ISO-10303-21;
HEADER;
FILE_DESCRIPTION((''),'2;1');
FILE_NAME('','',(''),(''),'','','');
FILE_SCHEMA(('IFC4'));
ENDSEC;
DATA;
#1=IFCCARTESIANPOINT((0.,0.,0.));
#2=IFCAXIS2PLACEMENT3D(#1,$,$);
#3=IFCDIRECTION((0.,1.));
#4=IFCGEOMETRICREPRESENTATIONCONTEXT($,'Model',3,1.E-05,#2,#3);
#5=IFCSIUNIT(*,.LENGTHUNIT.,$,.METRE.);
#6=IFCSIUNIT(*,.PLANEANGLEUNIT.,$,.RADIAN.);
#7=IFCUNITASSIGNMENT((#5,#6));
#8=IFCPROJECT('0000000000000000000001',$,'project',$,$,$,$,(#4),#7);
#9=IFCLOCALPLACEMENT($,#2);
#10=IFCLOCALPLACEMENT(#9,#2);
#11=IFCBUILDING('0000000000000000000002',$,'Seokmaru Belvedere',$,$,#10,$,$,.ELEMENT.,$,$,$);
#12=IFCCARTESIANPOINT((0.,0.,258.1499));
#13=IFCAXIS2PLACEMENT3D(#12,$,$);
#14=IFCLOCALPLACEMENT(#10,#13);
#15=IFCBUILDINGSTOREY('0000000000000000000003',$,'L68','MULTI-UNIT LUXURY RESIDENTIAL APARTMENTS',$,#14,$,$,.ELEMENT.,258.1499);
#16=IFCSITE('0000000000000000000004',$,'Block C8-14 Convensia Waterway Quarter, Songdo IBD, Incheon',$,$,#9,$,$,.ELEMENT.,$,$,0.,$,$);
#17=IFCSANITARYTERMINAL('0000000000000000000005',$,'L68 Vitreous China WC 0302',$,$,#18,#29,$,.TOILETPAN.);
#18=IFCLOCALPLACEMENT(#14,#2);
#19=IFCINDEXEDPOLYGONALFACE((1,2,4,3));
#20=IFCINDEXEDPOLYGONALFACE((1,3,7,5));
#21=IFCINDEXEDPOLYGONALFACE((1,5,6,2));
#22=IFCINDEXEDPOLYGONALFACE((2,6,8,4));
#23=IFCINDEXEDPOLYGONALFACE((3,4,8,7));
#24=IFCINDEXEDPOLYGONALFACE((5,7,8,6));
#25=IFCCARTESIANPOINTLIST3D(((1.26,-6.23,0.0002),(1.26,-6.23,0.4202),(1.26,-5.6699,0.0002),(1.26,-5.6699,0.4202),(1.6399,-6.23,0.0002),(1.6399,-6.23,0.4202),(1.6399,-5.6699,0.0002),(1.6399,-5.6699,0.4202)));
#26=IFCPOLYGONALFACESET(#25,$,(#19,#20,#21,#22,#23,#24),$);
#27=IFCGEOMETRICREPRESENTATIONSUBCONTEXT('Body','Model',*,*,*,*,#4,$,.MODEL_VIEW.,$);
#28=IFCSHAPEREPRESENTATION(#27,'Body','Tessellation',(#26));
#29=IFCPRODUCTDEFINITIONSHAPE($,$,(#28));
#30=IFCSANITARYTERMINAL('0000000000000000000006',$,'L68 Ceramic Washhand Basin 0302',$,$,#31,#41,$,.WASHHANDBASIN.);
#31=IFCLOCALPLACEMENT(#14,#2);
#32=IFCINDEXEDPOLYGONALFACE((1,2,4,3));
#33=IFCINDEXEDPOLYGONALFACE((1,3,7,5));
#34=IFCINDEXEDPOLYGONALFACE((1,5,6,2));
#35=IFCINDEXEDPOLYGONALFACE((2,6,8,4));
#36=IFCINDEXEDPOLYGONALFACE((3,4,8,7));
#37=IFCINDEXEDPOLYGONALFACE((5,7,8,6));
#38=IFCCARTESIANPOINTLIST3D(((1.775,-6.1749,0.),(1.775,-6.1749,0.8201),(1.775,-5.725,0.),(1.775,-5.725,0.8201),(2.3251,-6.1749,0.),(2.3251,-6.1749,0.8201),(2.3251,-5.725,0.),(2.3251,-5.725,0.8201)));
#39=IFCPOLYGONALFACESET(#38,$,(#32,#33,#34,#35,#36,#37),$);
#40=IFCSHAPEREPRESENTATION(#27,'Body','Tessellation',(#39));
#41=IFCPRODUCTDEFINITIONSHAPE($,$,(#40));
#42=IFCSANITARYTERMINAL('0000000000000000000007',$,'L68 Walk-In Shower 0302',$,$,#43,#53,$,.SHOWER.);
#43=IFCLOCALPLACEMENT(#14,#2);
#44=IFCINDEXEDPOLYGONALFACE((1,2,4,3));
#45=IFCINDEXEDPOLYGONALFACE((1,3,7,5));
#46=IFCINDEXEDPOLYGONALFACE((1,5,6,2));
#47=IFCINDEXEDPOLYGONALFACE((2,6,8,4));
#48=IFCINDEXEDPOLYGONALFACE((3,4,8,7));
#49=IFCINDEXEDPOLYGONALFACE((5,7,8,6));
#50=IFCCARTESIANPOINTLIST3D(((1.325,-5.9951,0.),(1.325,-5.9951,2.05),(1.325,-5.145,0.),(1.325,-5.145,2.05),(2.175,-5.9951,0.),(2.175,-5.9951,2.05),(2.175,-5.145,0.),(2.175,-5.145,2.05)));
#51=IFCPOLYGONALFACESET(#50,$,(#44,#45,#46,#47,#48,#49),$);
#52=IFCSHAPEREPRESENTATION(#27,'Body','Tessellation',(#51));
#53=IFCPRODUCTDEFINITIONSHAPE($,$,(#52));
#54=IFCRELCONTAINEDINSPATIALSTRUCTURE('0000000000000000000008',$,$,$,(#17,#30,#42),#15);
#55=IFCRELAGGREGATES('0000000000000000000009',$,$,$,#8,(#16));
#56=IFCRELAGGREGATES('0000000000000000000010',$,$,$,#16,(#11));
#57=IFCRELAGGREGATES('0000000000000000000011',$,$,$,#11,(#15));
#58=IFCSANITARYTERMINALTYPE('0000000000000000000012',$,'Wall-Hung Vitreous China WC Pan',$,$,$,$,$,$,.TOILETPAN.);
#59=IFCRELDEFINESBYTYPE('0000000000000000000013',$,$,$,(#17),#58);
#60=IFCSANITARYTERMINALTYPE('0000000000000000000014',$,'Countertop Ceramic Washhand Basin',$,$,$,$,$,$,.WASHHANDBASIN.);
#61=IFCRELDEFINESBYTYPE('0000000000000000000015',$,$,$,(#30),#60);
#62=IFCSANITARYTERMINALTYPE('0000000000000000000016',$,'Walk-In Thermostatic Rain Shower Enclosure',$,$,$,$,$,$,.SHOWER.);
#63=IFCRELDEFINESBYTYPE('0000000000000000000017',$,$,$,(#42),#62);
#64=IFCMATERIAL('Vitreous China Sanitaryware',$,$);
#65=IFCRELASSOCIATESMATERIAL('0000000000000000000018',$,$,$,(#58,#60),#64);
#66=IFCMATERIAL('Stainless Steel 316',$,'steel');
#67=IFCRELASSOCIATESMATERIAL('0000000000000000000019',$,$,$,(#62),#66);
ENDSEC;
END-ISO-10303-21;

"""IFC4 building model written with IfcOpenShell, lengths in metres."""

from ifc_helpers import new_model, si_unit, direction, frame, origin, origin_2d, place, context, subcontext, project, spatial, rectangle, extrude, source, transform, mapped, material, type_object, type_shapes, element, save


model = new_model("IFC4")

# Units and contexts
model_context = context("Model", 3, precision=1e-05, world=origin(), true_north=direction((0.0, 1.0)))
body_context = subcontext(model_context, "Body", "Model", "MODEL_VIEW")
ifc_project = project(units=[si_unit("LENGTHUNIT", "METRE"), si_unit("PLANEANGLEUNIT", "RADIAN")], contexts=[model_context])

# Site, building, storey
site_placement = place(None, origin())
site = spatial("IfcSite", under=ifc_project, at=site_placement, Name="Block C8-14 Convensia Waterway Quarter, Songdo IBD, Incheon", CompositionType="ELEMENT", RefElevation=0.0)
building_placement = place(site_placement, origin())
building = spatial("IfcBuilding", under=site, at=building_placement, Name="Seokmaru Belvedere", CompositionType="ELEMENT")
storey_placement = place(building_placement, frame((0.0, 0.0, 258.1499)))
storey = spatial("IfcBuildingStorey", under=building, at=storey_placement, Name="L68", Description="MULTI-UNIT LUXURY RESIDENTIAL APARTMENTS", CompositionType="ELEMENT", Elevation=258.1499)

# Sanitary terminals
ifc_material_1 = material(Name="Vitreous China Sanitaryware")
sanitary_terminal_type_1 = type_object("IfcSanitaryTerminalType", Name="Wall-Hung Vitreous China WC Pan", PredefinedType="TOILETPAN", material=ifc_material_1)
shared_shape_1 = source(origin(), body_context, "Body", "SweptSolid", [
    extrude(rectangle(XDim=0.3799, YDim=0.5601, at=origin_2d()), origin(), (0.0, 0.0, 1.0), 0.4199),
])
type_shapes(sanitary_terminal_type_1, [shared_shape_1])
sanitary_terminal_1_placement = place(storey_placement, frame((1.45, -5.95, 0.0002), z_axis=(0.0, 0.0, 1.0), x_axis=(1.0, 0.0, 0.0)))
element("IfcSanitaryTerminal", 1, at=sanitary_terminal_1_placement, inside=storey, type_object=sanitary_terminal_type_1, Name="L68 Vitreous China WC 0302", PredefinedType="TOILETPAN", context=body_context, shape_type="MappedRepresentation", body=[
    mapped(shared_shape_1, transform((0.0, 0.0, 0.0), scale=1.0)),
])
sanitary_terminal_type_2 = type_object("IfcSanitaryTerminalType", Name="Countertop Ceramic Washhand Basin", PredefinedType="WASHHANDBASIN", material=ifc_material_1)
shared_shape_2 = source(origin(), body_context, "Body", "SweptSolid", [
    extrude(rectangle(XDim=0.55, YDim=0.45, at=origin_2d()), origin(), (0.0, 0.0, 1.0), 0.8201),
])
type_shapes(sanitary_terminal_type_2, [shared_shape_2])
sanitary_terminal_2_placement = place(storey_placement, frame((2.05, -5.95, 0.0), z_axis=(0.0, 0.0, 1.0), x_axis=(1.0, 0.0, 0.0)))
element("IfcSanitaryTerminal", 2, at=sanitary_terminal_2_placement, inside=storey, type_object=sanitary_terminal_type_2, Name="L68 Ceramic Washhand Basin 0302", PredefinedType="WASHHANDBASIN", context=body_context, shape_type="MappedRepresentation", body=[
    mapped(shared_shape_2, transform((0.0, 0.0, 0.0), scale=1.0)),
])
ifc_material_2 = material(Name="Stainless Steel 316", Category="steel")
sanitary_terminal_type_3 = type_object("IfcSanitaryTerminalType", Name="Walk-In Thermostatic Rain Shower Enclosure", PredefinedType="SHOWER", material=ifc_material_2)
shared_shape_3 = source(origin(), body_context, "Body", "SweptSolid", [
    extrude(rectangle(XDim=0.8501, YDim=0.8501, at=origin_2d()), origin(), (0.0, 0.0, 1.0), 2.05),
])
type_shapes(sanitary_terminal_type_3, [shared_shape_3])
sanitary_terminal_3_placement = place(storey_placement, frame((1.75, -5.5701, 0.0), z_axis=(0.0, 0.0, 1.0), x_axis=(1.0, 0.0, 0.0)))
element("IfcSanitaryTerminal", 3, at=sanitary_terminal_3_placement, inside=storey, type_object=sanitary_terminal_type_3, Name="L68 Walk-In Shower 0302", PredefinedType="SHOWER", context=body_context, shape_type="MappedRepresentation", body=[
    mapped(shared_shape_3, transform((0.0, 0.0, 0.0), scale=1.0)),
])

save(model, "model.ifc")
